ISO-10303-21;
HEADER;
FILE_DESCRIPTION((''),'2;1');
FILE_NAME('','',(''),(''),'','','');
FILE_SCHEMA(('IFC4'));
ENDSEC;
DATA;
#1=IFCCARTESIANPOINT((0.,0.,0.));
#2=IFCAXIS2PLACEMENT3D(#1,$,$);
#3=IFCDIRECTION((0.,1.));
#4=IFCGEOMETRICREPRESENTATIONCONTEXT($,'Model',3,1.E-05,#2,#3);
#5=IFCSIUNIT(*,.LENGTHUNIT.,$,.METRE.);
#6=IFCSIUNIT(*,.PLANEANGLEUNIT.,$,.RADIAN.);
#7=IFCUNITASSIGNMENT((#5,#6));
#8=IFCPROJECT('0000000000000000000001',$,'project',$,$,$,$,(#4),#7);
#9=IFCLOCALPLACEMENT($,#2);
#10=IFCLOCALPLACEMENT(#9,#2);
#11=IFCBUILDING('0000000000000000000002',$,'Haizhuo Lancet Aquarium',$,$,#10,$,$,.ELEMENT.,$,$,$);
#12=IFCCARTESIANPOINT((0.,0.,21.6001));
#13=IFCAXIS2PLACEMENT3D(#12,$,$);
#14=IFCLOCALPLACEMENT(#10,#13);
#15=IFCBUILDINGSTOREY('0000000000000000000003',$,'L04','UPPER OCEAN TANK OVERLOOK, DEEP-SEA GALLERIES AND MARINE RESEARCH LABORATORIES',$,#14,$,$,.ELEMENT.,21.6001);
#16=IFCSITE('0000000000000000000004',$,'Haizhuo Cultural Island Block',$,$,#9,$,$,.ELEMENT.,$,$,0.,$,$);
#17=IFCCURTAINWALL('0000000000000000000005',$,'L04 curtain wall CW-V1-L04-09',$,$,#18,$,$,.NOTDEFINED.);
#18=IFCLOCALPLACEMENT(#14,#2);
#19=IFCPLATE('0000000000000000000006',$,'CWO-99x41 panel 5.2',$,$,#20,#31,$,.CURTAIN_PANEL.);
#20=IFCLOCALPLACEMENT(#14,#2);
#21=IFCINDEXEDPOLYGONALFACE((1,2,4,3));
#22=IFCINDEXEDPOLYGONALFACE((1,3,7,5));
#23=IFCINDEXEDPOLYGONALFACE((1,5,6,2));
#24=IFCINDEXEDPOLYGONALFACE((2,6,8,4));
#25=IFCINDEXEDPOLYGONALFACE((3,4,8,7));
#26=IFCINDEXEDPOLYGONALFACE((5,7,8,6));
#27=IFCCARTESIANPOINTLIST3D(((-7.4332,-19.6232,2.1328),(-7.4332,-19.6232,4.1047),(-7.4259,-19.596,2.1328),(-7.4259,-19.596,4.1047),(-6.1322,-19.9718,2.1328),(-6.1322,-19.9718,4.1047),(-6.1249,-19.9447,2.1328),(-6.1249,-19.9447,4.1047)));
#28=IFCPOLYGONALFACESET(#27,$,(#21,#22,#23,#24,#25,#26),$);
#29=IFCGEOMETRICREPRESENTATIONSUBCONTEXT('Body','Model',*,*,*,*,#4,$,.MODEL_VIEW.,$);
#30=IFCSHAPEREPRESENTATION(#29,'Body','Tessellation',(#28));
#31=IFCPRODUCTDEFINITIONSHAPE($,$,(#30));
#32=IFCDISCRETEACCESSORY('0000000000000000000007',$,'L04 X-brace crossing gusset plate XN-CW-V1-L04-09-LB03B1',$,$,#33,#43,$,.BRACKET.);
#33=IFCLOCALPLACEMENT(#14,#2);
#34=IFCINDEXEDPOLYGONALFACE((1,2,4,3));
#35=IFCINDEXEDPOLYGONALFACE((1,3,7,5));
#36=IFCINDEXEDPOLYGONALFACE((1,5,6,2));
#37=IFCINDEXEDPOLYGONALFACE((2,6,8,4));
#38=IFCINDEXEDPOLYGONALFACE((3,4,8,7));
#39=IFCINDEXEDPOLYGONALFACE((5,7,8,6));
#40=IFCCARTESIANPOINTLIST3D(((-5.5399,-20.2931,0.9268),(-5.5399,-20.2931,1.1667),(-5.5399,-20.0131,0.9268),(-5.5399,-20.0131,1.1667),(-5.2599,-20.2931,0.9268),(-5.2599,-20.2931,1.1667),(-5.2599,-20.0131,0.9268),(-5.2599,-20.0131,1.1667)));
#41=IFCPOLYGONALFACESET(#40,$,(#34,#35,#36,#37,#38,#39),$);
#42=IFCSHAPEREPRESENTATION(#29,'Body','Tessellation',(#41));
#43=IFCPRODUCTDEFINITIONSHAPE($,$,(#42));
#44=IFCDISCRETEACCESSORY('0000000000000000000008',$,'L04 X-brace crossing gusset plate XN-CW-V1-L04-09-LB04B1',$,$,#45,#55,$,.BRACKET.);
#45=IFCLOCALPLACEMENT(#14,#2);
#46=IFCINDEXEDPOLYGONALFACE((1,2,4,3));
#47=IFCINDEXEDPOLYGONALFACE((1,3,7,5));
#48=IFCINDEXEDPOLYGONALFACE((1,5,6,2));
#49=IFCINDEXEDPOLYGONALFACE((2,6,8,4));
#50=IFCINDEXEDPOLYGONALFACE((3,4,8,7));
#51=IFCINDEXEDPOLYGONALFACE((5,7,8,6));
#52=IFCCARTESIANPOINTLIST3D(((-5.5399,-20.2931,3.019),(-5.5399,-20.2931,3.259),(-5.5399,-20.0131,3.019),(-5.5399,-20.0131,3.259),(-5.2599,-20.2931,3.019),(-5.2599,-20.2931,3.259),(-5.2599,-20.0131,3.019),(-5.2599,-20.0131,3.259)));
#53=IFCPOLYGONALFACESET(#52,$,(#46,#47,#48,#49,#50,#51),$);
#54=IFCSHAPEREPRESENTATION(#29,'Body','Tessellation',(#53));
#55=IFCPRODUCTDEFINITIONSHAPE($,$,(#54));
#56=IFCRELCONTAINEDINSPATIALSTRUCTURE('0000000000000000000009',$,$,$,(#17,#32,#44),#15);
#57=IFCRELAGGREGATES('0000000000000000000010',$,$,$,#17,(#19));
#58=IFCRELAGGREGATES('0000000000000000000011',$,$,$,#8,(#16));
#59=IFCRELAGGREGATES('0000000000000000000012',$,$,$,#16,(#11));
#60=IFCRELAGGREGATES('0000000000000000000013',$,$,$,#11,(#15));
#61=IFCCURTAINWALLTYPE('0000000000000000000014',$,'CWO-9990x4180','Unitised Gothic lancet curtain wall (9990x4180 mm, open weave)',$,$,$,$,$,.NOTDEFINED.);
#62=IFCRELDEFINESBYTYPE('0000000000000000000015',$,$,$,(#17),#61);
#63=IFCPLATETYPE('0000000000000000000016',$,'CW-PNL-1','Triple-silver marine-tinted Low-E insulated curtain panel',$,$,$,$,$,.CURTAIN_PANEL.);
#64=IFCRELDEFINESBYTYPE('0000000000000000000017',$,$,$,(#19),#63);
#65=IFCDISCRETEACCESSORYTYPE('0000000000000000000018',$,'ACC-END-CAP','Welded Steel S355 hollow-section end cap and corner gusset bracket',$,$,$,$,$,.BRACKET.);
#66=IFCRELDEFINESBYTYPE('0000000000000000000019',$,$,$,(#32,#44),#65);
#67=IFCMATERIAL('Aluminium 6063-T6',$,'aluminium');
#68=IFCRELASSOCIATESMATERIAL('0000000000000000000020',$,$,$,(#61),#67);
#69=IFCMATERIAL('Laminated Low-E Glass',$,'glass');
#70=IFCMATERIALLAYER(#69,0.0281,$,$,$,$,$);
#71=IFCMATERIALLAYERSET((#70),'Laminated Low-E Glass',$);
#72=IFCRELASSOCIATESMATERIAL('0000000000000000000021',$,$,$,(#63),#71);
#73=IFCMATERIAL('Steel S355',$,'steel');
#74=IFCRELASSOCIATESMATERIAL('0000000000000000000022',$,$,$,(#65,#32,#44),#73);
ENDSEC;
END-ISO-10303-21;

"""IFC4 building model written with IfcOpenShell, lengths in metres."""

from ifc_helpers import new_model, si_unit, direction, frame, origin, origin_2d, place, context, subcontext, project, spatial, rectangle, extrude, material, layer, layer_set, type_object, element, aggregate, save


model = new_model("IFC4")

# Units and contexts
model_context = context("Model", 3, precision=1e-05, world=origin(), true_north=direction((0.0, 1.0)))
body_context = subcontext(model_context, "Body", "Model", "MODEL_VIEW")
ifc_project = project(units=[si_unit("LENGTHUNIT", "METRE"), si_unit("PLANEANGLEUNIT", "RADIAN")], contexts=[model_context])

# Site, building, storey
site_placement = place(None, origin())
site = spatial("IfcSite", under=ifc_project, at=site_placement, Name="Haizhuo Cultural Island Block", CompositionType="ELEMENT", RefElevation=0.0)
building_placement = place(site_placement, origin())
building = spatial("IfcBuilding", under=site, at=building_placement, Name="Haizhuo Lancet Aquarium", CompositionType="ELEMENT")
storey_placement = place(building_placement, frame((0.0, 0.0, 21.6001)))
storey = spatial("IfcBuildingStorey", under=building, at=storey_placement, Name="L04", Description="UPPER OCEAN TANK OVERLOOK, DEEP-SEA GALLERIES AND MARINE RESEARCH LABORATORIES", CompositionType="ELEMENT", Elevation=21.6001)

# Curtain wall
ifc_material_1 = material(Name="Aluminium 6063-T6", Category="aluminium")
curtain_wall_type = type_object("IfcCurtainWallType", Name="CWO-9990x4180", Description="Unitised Gothic lancet curtain wall (9990x4180 mm, open weave)", PredefinedType="NOTDEFINED", material=ifc_material_1)
curtain_wall_placement = place(storey_placement, origin())
curtain_wall = element("IfcCurtainWall", 1, at=curtain_wall_placement, inside=storey, type_object=curtain_wall_type, Name="L04 curtain wall CW-V1-L04-09", PredefinedType="NOTDEFINED")

# Shared definitions
ifc_material_2 = material(Name="Steel S355", Category="steel")

# Plate
ifc_material_3 = material(Name="Laminated Low-E Glass", Category="glass")
ifc_layer = layer(ifc_material_3, 0.0281)
ifc_layer_set = layer_set([ifc_layer], Name="Laminated Low-E Glass")
plate_type = type_object("IfcPlateType", Name="CW-PNL-1", Description="Triple-silver marine-tinted Low-E insulated curtain panel", PredefinedType="CURTAIN_PANEL", material=ifc_layer_set)
plate_1_placement = place(storey_placement, frame((-6.7791, -19.7839, 2.1328), z_axis=(0.0, 0.0, 1.0), x_axis=(-0.965917, 0.258853, 0.0)))
plate_1 = element("IfcPlate", 2, at=plate_1_placement, type_object=plate_type, Name="CWO-99x41 panel 5.2", PredefinedType="CURTAIN_PANEL", context=body_context, shape_type="SweptSolid", body=[
    extrude(rectangle(XDim=1.3469, YDim=0.0281, at=origin_2d()), origin(), (0.0, 0.0, 1.0), 1.9719),
])
aggregate(curtain_wall, [plate_1])

# Discrete accessories
discrete_accessory_type = type_object("IfcDiscreteAccessoryType", Name="ACC-END-CAP", Description="Welded Steel S355 hollow-section end cap and corner gusset bracket", PredefinedType="BRACKET", material=ifc_material_2)
for number, where, z_axis, x_axis, name in (
    (3, (-5.3999, -20.1531, 0.9268), (0.0, 0.0, 1.0), (1.0, 0.0, 0.0), "L04 X-brace crossing gusset plate XN-CW-V1-L04-09-LB03B1"),
    (4, (-5.3999, -20.1531, 3.019), (0.0, 0.0, 1.0), (1.0, 0.0, 0.0), "L04 X-brace crossing gusset plate XN-CW-V1-L04-09-LB04B1"),
):
    element("IfcDiscreteAccessory", number, at=place(storey_placement, frame(where, z_axis=z_axis, x_axis=x_axis)), inside=storey, type_object=discrete_accessory_type, material=ifc_material_2, Name=name, PredefinedType="BRACKET", context=body_context, shape_type="SweptSolid", body=[
        extrude(rectangle(XDim=0.28, YDim=0.28, at=origin_2d()), origin(), (0.0, 0.0, 1.0), 0.24),
    ])

save(model, "model.ifc")
